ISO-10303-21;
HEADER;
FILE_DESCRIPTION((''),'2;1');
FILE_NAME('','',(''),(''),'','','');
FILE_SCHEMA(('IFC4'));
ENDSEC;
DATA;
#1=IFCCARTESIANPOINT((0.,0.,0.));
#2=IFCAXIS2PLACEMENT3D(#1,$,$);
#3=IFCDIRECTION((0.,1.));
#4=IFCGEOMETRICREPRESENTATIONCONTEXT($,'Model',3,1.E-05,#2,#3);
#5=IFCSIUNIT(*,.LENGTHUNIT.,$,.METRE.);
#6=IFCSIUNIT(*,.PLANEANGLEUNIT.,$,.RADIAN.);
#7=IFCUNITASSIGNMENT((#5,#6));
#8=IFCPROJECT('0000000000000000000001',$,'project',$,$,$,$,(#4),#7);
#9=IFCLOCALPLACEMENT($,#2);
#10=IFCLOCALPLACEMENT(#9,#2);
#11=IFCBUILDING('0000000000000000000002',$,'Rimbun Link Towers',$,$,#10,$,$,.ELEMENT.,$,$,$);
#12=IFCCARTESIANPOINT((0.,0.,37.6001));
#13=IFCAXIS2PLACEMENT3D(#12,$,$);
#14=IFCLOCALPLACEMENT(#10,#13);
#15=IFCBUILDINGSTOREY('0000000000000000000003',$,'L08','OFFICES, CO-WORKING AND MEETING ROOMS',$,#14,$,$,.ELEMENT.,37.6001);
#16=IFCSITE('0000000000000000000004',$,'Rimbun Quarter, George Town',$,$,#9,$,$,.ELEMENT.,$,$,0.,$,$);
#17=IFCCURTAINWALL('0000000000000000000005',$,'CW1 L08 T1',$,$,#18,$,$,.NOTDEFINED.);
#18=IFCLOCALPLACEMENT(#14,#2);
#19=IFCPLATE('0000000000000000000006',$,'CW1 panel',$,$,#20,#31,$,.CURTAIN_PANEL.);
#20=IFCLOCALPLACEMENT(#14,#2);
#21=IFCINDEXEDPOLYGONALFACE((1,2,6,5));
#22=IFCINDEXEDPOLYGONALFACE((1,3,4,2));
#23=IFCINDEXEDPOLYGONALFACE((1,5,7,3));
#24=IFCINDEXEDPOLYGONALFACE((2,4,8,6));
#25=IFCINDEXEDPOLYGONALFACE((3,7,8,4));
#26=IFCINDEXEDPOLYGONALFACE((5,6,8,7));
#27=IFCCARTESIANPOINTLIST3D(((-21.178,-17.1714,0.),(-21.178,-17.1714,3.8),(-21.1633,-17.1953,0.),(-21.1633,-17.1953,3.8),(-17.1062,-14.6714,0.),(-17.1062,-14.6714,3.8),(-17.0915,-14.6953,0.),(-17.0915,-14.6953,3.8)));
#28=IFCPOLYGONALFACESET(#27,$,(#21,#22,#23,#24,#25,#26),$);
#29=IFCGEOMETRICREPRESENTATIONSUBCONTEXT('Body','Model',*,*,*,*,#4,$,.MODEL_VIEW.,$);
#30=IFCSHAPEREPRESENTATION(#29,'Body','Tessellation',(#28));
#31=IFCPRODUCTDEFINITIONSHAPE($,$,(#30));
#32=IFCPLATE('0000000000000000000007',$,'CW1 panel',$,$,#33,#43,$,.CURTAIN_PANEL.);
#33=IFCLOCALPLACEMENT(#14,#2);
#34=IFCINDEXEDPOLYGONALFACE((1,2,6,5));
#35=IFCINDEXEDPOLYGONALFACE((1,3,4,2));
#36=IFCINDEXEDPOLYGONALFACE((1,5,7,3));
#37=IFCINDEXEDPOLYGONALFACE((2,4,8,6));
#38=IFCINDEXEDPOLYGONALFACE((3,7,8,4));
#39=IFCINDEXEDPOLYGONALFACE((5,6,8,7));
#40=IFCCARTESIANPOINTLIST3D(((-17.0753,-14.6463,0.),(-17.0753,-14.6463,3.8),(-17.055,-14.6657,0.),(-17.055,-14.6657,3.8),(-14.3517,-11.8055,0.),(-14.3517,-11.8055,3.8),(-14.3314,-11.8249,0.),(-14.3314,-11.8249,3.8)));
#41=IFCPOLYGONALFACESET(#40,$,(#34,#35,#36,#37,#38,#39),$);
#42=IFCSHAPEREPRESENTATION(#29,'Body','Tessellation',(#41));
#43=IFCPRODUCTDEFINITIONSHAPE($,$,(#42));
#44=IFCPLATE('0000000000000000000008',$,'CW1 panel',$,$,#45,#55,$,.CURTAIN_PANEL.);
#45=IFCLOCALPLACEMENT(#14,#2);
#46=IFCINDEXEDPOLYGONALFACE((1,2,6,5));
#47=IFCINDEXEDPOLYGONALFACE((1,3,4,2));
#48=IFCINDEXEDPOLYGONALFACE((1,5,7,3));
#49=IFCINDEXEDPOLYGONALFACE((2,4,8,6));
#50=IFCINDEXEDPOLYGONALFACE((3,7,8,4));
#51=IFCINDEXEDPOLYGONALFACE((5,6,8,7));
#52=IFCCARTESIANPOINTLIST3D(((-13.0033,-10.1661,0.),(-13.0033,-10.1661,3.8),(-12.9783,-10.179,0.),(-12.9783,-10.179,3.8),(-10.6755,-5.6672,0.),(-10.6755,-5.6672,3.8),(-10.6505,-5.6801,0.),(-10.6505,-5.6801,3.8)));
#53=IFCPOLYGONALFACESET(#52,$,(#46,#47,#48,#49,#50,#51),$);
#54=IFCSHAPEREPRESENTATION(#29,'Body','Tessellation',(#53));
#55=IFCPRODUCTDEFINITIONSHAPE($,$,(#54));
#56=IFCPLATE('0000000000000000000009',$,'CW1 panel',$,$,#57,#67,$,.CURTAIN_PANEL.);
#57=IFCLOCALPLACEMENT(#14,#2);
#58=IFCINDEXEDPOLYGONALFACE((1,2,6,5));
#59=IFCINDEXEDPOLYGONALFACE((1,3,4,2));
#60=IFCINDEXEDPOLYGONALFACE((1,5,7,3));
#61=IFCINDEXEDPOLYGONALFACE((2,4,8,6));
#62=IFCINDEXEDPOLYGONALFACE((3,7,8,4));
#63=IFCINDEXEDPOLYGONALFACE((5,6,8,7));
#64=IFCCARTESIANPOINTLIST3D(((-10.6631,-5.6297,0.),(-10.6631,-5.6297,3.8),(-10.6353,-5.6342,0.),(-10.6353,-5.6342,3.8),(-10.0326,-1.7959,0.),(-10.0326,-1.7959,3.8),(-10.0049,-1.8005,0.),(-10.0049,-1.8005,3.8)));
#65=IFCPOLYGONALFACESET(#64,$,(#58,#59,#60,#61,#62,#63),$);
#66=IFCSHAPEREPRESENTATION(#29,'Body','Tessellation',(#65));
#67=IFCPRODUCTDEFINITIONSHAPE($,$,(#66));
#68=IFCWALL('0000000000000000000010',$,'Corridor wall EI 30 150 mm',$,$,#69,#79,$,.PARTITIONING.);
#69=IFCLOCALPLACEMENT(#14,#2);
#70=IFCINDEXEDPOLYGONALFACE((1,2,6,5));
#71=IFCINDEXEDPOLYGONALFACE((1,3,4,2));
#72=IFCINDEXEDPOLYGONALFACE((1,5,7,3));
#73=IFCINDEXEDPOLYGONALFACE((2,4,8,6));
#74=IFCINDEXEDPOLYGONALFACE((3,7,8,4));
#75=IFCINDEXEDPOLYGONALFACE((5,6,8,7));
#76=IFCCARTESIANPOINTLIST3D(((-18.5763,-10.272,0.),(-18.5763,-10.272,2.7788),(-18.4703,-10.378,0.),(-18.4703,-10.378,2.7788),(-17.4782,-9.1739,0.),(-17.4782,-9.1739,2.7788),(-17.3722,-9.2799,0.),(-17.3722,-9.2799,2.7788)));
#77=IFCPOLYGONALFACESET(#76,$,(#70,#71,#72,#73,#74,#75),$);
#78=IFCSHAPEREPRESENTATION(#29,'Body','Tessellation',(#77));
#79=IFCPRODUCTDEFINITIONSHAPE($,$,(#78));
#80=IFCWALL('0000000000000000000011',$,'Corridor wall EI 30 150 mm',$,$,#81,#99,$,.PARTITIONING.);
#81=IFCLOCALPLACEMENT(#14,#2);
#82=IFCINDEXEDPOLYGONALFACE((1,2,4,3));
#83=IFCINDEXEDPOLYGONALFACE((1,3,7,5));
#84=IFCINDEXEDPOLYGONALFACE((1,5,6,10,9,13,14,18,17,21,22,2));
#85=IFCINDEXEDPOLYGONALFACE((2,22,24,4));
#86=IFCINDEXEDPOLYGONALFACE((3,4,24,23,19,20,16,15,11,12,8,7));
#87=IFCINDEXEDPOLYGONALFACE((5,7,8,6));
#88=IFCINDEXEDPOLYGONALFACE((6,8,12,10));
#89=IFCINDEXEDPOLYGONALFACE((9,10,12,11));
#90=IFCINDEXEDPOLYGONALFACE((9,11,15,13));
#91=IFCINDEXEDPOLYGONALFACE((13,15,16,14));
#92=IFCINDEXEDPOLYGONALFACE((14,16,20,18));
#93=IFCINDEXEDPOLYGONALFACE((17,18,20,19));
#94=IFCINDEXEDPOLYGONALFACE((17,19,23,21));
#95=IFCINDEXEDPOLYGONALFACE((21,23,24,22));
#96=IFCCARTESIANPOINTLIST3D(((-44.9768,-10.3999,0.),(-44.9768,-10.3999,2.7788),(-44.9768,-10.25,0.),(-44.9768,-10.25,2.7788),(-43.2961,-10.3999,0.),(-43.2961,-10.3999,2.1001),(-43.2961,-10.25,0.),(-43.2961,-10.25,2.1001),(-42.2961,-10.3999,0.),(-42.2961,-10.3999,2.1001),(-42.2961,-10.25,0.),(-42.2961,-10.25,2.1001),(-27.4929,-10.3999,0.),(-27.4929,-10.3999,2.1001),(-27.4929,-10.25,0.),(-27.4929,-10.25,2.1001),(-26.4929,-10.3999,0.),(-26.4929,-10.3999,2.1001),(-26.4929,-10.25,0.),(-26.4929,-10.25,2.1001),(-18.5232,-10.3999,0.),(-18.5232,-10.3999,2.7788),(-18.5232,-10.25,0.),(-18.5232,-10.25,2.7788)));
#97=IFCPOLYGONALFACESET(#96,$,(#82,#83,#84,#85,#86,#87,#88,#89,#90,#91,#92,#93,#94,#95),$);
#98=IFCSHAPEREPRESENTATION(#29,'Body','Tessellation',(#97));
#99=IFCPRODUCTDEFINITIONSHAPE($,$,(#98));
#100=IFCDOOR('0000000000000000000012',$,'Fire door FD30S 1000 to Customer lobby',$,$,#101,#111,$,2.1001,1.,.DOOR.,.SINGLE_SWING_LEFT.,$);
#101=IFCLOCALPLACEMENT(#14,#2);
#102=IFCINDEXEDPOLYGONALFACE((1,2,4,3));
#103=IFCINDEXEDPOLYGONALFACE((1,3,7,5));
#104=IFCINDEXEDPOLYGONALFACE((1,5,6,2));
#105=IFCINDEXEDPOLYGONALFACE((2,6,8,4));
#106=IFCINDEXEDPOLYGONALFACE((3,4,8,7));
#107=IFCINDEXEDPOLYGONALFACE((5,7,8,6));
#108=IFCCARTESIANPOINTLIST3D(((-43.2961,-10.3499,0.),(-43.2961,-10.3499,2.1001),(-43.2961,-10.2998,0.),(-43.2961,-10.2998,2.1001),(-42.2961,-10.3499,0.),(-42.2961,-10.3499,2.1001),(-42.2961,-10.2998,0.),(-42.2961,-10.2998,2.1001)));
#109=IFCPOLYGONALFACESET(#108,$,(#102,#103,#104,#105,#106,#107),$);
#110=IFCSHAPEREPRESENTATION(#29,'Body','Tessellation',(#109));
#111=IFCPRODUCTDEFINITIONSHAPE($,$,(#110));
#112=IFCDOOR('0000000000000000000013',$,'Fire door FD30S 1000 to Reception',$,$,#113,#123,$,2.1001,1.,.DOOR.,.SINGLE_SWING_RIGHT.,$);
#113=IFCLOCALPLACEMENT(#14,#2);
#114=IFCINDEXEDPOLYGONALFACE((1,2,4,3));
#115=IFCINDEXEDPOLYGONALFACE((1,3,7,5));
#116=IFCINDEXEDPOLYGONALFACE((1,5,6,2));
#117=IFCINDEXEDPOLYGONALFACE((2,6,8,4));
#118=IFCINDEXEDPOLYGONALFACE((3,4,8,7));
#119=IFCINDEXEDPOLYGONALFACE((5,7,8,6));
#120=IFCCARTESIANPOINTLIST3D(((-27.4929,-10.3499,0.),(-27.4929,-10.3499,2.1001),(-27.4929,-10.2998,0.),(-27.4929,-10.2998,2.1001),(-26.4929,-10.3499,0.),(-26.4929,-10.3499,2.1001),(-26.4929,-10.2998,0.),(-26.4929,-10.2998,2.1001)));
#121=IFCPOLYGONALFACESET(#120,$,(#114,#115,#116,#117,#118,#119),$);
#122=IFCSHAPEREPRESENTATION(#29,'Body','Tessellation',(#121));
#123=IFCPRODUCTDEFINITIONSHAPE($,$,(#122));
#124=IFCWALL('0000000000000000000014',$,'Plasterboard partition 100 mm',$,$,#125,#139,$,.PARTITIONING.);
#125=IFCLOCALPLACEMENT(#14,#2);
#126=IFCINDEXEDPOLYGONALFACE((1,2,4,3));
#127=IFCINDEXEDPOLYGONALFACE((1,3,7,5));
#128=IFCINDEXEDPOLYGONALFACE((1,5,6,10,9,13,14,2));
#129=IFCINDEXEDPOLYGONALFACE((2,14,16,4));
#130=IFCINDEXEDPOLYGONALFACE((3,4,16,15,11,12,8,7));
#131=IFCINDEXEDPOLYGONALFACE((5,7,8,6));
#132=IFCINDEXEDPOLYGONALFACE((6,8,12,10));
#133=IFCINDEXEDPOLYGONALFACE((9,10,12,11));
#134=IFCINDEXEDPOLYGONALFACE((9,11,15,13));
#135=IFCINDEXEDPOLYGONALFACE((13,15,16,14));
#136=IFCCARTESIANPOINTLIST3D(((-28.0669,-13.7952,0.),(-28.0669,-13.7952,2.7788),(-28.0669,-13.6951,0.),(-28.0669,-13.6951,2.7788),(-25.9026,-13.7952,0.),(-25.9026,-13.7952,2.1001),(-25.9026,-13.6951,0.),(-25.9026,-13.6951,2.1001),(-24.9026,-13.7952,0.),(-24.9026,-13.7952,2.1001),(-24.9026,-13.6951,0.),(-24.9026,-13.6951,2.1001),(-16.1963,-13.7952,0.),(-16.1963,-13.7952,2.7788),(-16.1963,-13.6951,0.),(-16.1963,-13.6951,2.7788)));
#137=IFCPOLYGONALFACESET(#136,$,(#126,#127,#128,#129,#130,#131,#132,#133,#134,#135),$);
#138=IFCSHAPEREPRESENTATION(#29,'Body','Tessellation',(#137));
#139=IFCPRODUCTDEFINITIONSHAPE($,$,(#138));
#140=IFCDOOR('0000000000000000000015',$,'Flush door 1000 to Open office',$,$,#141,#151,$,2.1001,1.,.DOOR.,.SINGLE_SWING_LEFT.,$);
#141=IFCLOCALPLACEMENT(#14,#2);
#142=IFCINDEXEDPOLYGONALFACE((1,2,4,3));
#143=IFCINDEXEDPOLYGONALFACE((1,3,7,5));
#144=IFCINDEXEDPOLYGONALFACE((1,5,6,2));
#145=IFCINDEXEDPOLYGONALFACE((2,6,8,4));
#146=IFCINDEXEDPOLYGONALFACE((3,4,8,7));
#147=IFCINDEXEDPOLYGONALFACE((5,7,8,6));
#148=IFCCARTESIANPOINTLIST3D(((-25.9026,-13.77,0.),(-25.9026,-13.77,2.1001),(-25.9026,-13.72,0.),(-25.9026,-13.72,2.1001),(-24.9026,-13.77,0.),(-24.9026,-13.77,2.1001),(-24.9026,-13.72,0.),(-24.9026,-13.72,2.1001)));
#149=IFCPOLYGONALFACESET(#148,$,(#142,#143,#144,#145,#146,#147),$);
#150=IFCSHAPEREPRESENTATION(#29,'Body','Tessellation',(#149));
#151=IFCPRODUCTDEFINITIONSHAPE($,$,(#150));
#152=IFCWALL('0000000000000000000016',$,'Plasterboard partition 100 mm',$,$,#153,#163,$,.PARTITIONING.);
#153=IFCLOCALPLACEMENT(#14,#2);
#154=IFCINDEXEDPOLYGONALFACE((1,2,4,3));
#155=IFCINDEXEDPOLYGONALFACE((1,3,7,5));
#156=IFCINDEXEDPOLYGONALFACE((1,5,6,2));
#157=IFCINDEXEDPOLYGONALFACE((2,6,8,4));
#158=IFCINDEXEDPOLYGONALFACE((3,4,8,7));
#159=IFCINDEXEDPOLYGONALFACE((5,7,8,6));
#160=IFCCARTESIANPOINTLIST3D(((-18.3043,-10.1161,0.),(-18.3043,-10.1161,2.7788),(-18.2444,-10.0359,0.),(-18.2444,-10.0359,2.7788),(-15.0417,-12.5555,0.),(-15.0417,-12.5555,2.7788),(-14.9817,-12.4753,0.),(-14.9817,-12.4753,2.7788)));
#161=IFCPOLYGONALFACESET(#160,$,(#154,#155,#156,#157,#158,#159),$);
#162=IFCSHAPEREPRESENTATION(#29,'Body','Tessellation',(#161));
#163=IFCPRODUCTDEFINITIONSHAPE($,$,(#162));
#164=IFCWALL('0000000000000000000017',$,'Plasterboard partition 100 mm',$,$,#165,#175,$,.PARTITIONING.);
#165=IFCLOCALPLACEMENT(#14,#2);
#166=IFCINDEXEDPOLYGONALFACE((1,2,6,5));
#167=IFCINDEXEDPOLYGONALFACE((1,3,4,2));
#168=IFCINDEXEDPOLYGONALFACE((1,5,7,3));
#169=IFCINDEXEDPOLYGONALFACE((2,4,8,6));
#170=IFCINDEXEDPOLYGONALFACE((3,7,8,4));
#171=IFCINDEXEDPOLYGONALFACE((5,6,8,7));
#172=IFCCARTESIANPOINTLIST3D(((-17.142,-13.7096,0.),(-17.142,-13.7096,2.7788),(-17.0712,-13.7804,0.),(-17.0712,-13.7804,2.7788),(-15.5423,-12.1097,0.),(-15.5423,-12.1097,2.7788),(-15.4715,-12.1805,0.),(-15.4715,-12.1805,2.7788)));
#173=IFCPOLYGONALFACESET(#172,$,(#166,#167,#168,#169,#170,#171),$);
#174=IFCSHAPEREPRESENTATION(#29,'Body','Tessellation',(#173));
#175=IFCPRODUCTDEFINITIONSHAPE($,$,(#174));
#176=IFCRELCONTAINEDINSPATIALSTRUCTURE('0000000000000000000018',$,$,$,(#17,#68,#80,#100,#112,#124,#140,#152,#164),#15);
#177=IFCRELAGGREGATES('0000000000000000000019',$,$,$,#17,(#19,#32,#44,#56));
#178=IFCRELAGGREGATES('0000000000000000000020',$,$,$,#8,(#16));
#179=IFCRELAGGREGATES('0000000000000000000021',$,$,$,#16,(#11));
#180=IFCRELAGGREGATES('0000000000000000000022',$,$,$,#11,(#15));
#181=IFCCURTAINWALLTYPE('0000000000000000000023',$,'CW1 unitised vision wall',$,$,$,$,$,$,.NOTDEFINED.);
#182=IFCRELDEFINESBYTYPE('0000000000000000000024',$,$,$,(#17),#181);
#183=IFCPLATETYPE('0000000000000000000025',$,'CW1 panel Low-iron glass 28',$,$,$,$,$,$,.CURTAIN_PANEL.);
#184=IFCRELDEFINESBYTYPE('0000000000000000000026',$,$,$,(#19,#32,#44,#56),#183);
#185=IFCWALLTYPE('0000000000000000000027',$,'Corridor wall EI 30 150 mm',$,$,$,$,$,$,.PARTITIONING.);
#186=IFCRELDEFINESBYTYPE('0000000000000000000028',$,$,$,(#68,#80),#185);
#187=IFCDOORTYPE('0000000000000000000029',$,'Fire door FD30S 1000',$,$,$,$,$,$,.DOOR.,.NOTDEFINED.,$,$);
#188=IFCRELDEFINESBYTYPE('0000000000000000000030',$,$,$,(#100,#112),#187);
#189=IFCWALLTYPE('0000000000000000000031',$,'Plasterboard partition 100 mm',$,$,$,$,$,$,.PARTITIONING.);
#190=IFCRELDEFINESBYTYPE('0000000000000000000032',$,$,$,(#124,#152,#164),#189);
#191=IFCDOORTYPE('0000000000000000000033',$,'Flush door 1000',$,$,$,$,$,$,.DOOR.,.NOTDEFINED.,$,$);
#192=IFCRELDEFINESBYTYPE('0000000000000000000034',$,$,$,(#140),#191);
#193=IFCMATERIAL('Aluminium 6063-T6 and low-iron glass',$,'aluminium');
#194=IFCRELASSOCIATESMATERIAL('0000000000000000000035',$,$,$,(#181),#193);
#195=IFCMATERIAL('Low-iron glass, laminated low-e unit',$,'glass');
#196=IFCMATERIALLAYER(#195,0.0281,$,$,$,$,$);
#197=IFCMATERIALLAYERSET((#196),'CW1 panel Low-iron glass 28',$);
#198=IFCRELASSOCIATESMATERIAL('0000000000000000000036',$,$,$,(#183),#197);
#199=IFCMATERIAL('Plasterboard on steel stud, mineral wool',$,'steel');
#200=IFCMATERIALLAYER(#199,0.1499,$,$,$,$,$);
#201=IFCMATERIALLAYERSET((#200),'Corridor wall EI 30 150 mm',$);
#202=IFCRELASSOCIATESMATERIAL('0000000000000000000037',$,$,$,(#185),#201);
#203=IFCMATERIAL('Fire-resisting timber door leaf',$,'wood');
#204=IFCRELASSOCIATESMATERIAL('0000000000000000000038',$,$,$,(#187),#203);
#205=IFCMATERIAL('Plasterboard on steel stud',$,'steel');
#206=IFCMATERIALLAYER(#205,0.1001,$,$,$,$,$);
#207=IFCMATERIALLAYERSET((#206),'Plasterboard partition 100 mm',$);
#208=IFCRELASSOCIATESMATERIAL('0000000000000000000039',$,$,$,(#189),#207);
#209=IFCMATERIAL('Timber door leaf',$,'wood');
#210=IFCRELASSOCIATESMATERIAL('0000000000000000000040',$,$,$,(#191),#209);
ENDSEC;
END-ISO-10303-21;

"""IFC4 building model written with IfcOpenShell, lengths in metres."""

from ifc_helpers import new_model, si_unit, direction, frame, frame_2d, origin, origin_2d, place, context, subcontext, project, spatial, rectangle, extrude, material, layer, layer_set, type_object, element, fill, aggregate, save


model = new_model("IFC4")

# Units and contexts
model_context = context("Model", 3, precision=1e-05, world=origin(), true_north=direction((0.0, 1.0)))
body_context = subcontext(model_context, "Body", "Model", "MODEL_VIEW")
ifc_project = project(units=[si_unit("LENGTHUNIT", "METRE"), si_unit("PLANEANGLEUNIT", "RADIAN")], contexts=[model_context])

# Site, building, storey
site_placement = place(None, origin())
site = spatial("IfcSite", under=ifc_project, at=site_placement, Name="Rimbun Quarter, George Town", CompositionType="ELEMENT", RefElevation=0.0)
building_placement = place(site_placement, origin())
building = spatial("IfcBuilding", under=site, at=building_placement, Name="Rimbun Link Towers", CompositionType="ELEMENT")
storey_placement = place(building_placement, frame((0.0, 0.0, 37.6001)))
storey = spatial("IfcBuildingStorey", under=building, at=storey_placement, Name="L08", Description="OFFICES, CO-WORKING AND MEETING ROOMS", CompositionType="ELEMENT", Elevation=37.6001)

# Curtain wall
ifc_material_1 = material(Name="Aluminium 6063-T6 and low-iron glass", Category="aluminium")
curtain_wall_type = type_object("IfcCurtainWallType", Name="CW1 unitised vision wall", PredefinedType="NOTDEFINED", material=ifc_material_1)
curtain_wall_placement = place(storey_placement, origin())
curtain_wall = element("IfcCurtainWall", 1, at=curtain_wall_placement, inside=storey, type_object=curtain_wall_type, Name="CW1 L08 T1", PredefinedType="NOTDEFINED")

# Plates
ifc_material_2 = material(Name="Low-iron glass, laminated low-e unit", Category="glass")
ifc_layer_1 = layer(ifc_material_2, 0.0281)
ifc_layer_set_1 = layer_set([ifc_layer_1], Name="CW1 panel Low-iron glass 28")
plate_type = type_object("IfcPlateType", Name="CW1 panel Low-iron glass 28", PredefinedType="CURTAIN_PANEL", material=ifc_layer_set_1)
plate_1_placement = place(storey_placement, frame((-19.1348, -15.9333, 0.0), z_axis=(0.0, 0.0, 1.0), x_axis=(-0.85219, -0.523232, 0.0)))
plate_1 = element("IfcPlate", 2, at=plate_1_placement, type_object=plate_type, Name="CW1 panel", PredefinedType="CURTAIN_PANEL", context=body_context, shape_type="SweptSolid", body=[
    extrude(rectangle(XDim=4.7781, YDim=0.0281, at=origin_2d()), origin(), (0.0, 0.0, 1.0), 3.8),
])
plate_2_placement = place(storey_placement, frame((-15.7034, -13.2356, 0.0), z_axis=(0.0, 0.0, 1.0), x_axis=(-0.692056, -0.721844, 0.0)))
plate_2 = element("IfcPlate", 3, at=plate_2_placement, type_object=plate_type, Name="CW1 panel", PredefinedType="CURTAIN_PANEL", context=body_context, shape_type="SweptSolid", body=[
    extrude(rectangle(XDim=3.9355, YDim=0.0281, at=origin_2d()), origin(), (0.0, 0.0, 1.0), 3.8),
])
plate_3_placement = place(storey_placement, frame((-11.8269, -7.9231, 0.0), z_axis=(0.0, 0.0, 1.0), x_axis=(-0.459548, -0.888153, 0.0)))
plate_3 = element("IfcPlate", 4, at=plate_3_placement, type_object=plate_type, Name="CW1 panel", PredefinedType="CURTAIN_PANEL", context=body_context, shape_type="SweptSolid", body=[
    extrude(rectangle(XDim=5.0654, YDim=0.0281, at=origin_2d()), origin(), (0.0, 0.0, 1.0), 3.8),
])
plate_4_placement = place(storey_placement, frame((-10.334, -3.7151, 0.0), z_axis=(0.0, 0.0, 1.0), x_axis=(-0.162263, -0.986748, 0.0)))
plate_4 = element("IfcPlate", 5, at=plate_4_placement, type_object=plate_type, Name="CW1 panel", PredefinedType="CURTAIN_PANEL", context=body_context, shape_type="SweptSolid", body=[
    extrude(rectangle(XDim=3.8853, YDim=0.0281, at=origin_2d()), origin(), (0.0, 0.0, 1.0), 3.8),
])
aggregate(curtain_wall, [plate_1, plate_2, plate_3, plate_4])

# Wall
ifc_material_3 = material(Name="Plasterboard on steel stud, mineral wool", Category="steel")
ifc_layer_2 = layer(ifc_material_3, 0.1499)
ifc_layer_set_2 = layer_set([ifc_layer_2], Name="Corridor wall EI 30 150 mm")
wall_type_1 = type_object("IfcWallType", Name="Corridor wall EI 30 150 mm", PredefinedType="PARTITIONING", material=ifc_layer_set_2)
wall_1_placement = place(storey_placement, frame((-18.5232, -10.325, 0.0), z_axis=(0.0, 0.0, 1.0), x_axis=(0.707107, 0.707107, 0.0)))
element("IfcWall", 6, at=wall_1_placement, inside=storey, type_object=wall_type_1, Name="Corridor wall EI 30 150 mm", PredefinedType="PARTITIONING", context=body_context, shape_type="SweptSolid", body=[
    extrude(rectangle(XDim=1.553, YDim=0.1499, at=frame_2d((0.7764, 0.0))), origin(), (0.0, 0.0, 1.0), 2.7788),
])

# Wall, openings, doors
wall_2_placement = place(storey_placement, frame((-18.5232, -10.325, 0.0), z_axis=(0.0, 0.0, 1.0), x_axis=(-1.0, 0.0, 0.0)))
wall_2 = element("IfcWall", 7, at=wall_2_placement, inside=storey, type_object=wall_type_1, Name="Corridor wall EI 30 150 mm", PredefinedType="PARTITIONING", context=body_context, shape_type="SweptSolid", body=[
    extrude(rectangle(XDim=26.4536, YDim=0.1499, at=frame_2d((13.2268, 0.0))), origin(), (0.0, 0.0, 1.0), 2.7788),
])
opening_1_placement = place(wall_2_placement, frame((23.7729, 0.0, 0.0)))
opening_1 = element("IfcOpeningElement", 8, at=opening_1_placement, cuts=wall_2, PredefinedType="OPENING", context=body_context, shape_type="SweptSolid", body=[
    extrude(rectangle(XDim=1.0, YDim=2.1001, at=frame_2d((0.5, 1.05))), frame((0.0, 0.085, 0.0), z_axis=(0.0, -1.0, 0.0), x_axis=(1.0, 0.0, 0.0)), (0.0, 0.0, 1.0), 0.1699),
])
opening_2_placement = place(wall_2_placement, frame((7.9697, 0.0, 0.0)))
opening_2 = element("IfcOpeningElement", 9, at=opening_2_placement, cuts=wall_2, PredefinedType="OPENING", context=body_context, shape_type="SweptSolid", body=[
    extrude(rectangle(XDim=1.0, YDim=2.1001, at=frame_2d((0.5, 1.05))), frame((0.0, 0.085, 0.0), z_axis=(0.0, -1.0, 0.0), x_axis=(1.0, 0.0, 0.0)), (0.0, 0.0, 1.0), 0.1699),
])
ifc_material_4 = material(Name="Fire-resisting timber door leaf", Category="wood")
door_type_1 = type_object("IfcDoorType", Name="Fire door FD30S 1000", OperationType="NOTDEFINED", PredefinedType="DOOR", material=ifc_material_4)
door_1_placement = place(opening_1_placement, origin())
door_1 = element("IfcDoor", 10, at=door_1_placement, inside=storey, type_object=door_type_1, Name="Fire door FD30S 1000 to Customer lobby", OperationType="SINGLE_SWING_LEFT", OverallHeight=2.1001, OverallWidth=1.0, PredefinedType="DOOR", context=body_context, shape_type="SweptSolid", body=[
    extrude(rectangle(XDim=1.0, YDim=2.1001, at=frame_2d((0.5, 1.05))), frame((0.0, 0.0249, 0.0), z_axis=(0.0, -1.0, 0.0), x_axis=(1.0, 0.0, 0.0)), (0.0, 0.0, 1.0), 0.05),
])
fill(opening_1, door_1)
door_2_placement = place(opening_2_placement, origin())
door_2 = element("IfcDoor", 11, at=door_2_placement, inside=storey, type_object=door_type_1, Name="Fire door FD30S 1000 to Reception", OperationType="SINGLE_SWING_RIGHT", OverallHeight=2.1001, OverallWidth=1.0, PredefinedType="DOOR", context=body_context, shape_type="SweptSolid", body=[
    extrude(rectangle(XDim=1.0, YDim=2.1001, at=frame_2d((0.5, 1.05))), frame((0.0, 0.0249, 0.0), z_axis=(0.0, -1.0, 0.0), x_axis=(1.0, 0.0, 0.0)), (0.0, 0.0, 1.0), 0.05),
])
fill(opening_2, door_2)

# Wall, opening, door
ifc_material_5 = material(Name="Plasterboard on steel stud", Category="steel")
ifc_layer_3 = layer(ifc_material_5, 0.1001)
ifc_layer_set_3 = layer_set([ifc_layer_3], Name="Plasterboard partition 100 mm")
wall_type_2 = type_object("IfcWallType", Name="Plasterboard partition 100 mm", PredefinedType="PARTITIONING", material=ifc_layer_set_3)
wall_3_placement = place(storey_placement, frame((-16.1963, -13.7451, 0.0), z_axis=(0.0, 0.0, 1.0), x_axis=(-1.0, 0.0, 0.0)))
wall_3 = element("IfcWall", 12, at=wall_3_placement, inside=storey, type_object=wall_type_2, Name="Plasterboard partition 100 mm", PredefinedType="PARTITIONING", context=body_context, shape_type="SweptSolid", body=[
    extrude(rectangle(XDim=11.8706, YDim=0.1001, at=frame_2d((5.9353, 0.0))), origin(), (0.0, 0.0, 1.0), 2.7788),
])
opening_3_placement = place(wall_3_placement, frame((8.7063, 0.0, 0.0)))
opening_3 = element("IfcOpeningElement", 13, at=opening_3_placement, cuts=wall_3, PredefinedType="OPENING", context=body_context, shape_type="SweptSolid", body=[
    extrude(rectangle(XDim=1.0, YDim=2.1001, at=frame_2d((0.5, 1.05))), frame((0.0, 0.0601, 0.0), z_axis=(0.0, -1.0, 0.0), x_axis=(1.0, 0.0, 0.0)), (0.0, 0.0, 1.0), 0.1201),
])
ifc_material_6 = material(Name="Timber door leaf", Category="wood")
door_type_2 = type_object("IfcDoorType", Name="Flush door 1000", OperationType="NOTDEFINED", PredefinedType="DOOR", material=ifc_material_6)
door_3_placement = place(opening_3_placement, origin())
door_3 = element("IfcDoor", 14, at=door_3_placement, inside=storey, type_object=door_type_2, Name="Flush door 1000 to Open office", OperationType="SINGLE_SWING_LEFT", OverallHeight=2.1001, OverallWidth=1.0, PredefinedType="DOOR", context=body_context, shape_type="SweptSolid", body=[
    extrude(rectangle(XDim=1.0, YDim=2.1001, at=frame_2d((0.5, 1.05))), frame((0.0, 0.0249, 0.0), z_axis=(0.0, -1.0, 0.0), x_axis=(1.0, 0.0, 0.0)), (0.0, 0.0, 1.0), 0.05),
])
fill(opening_3, door_3)

# Walls
wall_4_placement = place(storey_placement, frame((-15.0117, -12.5154, 0.0), z_axis=(0.0, 0.0, 1.0), x_axis=(-0.800891, 0.59881, 0.0)))
element("IfcWall", 15, at=wall_4_placement, inside=storey, type_object=wall_type_2, Name="Plasterboard partition 100 mm", PredefinedType="PARTITIONING", context=body_context, shape_type="SweptSolid", body=[
    extrude(rectangle(XDim=4.0737, YDim=0.1001, at=frame_2d((2.0369, 0.0))), origin(), (0.0, 0.0, 1.0), 2.7788),
])
wall_5_placement = place(storey_placement, frame((-17.1067, -13.7451, 0.0), z_axis=(0.0, 0.0, 1.0), x_axis=(0.707053, 0.707161, 0.0)))
element("IfcWall", 16, at=wall_5_placement, inside=storey, type_object=wall_type_2, Name="Plasterboard partition 100 mm", PredefinedType="PARTITIONING", context=body_context, shape_type="SweptSolid", body=[
    extrude(rectangle(XDim=2.2625, YDim=0.1001, at=frame_2d((1.1313, 0.0))), origin(), (0.0, 0.0, 1.0), 2.7788),
])

save(model, "model.ifc")
